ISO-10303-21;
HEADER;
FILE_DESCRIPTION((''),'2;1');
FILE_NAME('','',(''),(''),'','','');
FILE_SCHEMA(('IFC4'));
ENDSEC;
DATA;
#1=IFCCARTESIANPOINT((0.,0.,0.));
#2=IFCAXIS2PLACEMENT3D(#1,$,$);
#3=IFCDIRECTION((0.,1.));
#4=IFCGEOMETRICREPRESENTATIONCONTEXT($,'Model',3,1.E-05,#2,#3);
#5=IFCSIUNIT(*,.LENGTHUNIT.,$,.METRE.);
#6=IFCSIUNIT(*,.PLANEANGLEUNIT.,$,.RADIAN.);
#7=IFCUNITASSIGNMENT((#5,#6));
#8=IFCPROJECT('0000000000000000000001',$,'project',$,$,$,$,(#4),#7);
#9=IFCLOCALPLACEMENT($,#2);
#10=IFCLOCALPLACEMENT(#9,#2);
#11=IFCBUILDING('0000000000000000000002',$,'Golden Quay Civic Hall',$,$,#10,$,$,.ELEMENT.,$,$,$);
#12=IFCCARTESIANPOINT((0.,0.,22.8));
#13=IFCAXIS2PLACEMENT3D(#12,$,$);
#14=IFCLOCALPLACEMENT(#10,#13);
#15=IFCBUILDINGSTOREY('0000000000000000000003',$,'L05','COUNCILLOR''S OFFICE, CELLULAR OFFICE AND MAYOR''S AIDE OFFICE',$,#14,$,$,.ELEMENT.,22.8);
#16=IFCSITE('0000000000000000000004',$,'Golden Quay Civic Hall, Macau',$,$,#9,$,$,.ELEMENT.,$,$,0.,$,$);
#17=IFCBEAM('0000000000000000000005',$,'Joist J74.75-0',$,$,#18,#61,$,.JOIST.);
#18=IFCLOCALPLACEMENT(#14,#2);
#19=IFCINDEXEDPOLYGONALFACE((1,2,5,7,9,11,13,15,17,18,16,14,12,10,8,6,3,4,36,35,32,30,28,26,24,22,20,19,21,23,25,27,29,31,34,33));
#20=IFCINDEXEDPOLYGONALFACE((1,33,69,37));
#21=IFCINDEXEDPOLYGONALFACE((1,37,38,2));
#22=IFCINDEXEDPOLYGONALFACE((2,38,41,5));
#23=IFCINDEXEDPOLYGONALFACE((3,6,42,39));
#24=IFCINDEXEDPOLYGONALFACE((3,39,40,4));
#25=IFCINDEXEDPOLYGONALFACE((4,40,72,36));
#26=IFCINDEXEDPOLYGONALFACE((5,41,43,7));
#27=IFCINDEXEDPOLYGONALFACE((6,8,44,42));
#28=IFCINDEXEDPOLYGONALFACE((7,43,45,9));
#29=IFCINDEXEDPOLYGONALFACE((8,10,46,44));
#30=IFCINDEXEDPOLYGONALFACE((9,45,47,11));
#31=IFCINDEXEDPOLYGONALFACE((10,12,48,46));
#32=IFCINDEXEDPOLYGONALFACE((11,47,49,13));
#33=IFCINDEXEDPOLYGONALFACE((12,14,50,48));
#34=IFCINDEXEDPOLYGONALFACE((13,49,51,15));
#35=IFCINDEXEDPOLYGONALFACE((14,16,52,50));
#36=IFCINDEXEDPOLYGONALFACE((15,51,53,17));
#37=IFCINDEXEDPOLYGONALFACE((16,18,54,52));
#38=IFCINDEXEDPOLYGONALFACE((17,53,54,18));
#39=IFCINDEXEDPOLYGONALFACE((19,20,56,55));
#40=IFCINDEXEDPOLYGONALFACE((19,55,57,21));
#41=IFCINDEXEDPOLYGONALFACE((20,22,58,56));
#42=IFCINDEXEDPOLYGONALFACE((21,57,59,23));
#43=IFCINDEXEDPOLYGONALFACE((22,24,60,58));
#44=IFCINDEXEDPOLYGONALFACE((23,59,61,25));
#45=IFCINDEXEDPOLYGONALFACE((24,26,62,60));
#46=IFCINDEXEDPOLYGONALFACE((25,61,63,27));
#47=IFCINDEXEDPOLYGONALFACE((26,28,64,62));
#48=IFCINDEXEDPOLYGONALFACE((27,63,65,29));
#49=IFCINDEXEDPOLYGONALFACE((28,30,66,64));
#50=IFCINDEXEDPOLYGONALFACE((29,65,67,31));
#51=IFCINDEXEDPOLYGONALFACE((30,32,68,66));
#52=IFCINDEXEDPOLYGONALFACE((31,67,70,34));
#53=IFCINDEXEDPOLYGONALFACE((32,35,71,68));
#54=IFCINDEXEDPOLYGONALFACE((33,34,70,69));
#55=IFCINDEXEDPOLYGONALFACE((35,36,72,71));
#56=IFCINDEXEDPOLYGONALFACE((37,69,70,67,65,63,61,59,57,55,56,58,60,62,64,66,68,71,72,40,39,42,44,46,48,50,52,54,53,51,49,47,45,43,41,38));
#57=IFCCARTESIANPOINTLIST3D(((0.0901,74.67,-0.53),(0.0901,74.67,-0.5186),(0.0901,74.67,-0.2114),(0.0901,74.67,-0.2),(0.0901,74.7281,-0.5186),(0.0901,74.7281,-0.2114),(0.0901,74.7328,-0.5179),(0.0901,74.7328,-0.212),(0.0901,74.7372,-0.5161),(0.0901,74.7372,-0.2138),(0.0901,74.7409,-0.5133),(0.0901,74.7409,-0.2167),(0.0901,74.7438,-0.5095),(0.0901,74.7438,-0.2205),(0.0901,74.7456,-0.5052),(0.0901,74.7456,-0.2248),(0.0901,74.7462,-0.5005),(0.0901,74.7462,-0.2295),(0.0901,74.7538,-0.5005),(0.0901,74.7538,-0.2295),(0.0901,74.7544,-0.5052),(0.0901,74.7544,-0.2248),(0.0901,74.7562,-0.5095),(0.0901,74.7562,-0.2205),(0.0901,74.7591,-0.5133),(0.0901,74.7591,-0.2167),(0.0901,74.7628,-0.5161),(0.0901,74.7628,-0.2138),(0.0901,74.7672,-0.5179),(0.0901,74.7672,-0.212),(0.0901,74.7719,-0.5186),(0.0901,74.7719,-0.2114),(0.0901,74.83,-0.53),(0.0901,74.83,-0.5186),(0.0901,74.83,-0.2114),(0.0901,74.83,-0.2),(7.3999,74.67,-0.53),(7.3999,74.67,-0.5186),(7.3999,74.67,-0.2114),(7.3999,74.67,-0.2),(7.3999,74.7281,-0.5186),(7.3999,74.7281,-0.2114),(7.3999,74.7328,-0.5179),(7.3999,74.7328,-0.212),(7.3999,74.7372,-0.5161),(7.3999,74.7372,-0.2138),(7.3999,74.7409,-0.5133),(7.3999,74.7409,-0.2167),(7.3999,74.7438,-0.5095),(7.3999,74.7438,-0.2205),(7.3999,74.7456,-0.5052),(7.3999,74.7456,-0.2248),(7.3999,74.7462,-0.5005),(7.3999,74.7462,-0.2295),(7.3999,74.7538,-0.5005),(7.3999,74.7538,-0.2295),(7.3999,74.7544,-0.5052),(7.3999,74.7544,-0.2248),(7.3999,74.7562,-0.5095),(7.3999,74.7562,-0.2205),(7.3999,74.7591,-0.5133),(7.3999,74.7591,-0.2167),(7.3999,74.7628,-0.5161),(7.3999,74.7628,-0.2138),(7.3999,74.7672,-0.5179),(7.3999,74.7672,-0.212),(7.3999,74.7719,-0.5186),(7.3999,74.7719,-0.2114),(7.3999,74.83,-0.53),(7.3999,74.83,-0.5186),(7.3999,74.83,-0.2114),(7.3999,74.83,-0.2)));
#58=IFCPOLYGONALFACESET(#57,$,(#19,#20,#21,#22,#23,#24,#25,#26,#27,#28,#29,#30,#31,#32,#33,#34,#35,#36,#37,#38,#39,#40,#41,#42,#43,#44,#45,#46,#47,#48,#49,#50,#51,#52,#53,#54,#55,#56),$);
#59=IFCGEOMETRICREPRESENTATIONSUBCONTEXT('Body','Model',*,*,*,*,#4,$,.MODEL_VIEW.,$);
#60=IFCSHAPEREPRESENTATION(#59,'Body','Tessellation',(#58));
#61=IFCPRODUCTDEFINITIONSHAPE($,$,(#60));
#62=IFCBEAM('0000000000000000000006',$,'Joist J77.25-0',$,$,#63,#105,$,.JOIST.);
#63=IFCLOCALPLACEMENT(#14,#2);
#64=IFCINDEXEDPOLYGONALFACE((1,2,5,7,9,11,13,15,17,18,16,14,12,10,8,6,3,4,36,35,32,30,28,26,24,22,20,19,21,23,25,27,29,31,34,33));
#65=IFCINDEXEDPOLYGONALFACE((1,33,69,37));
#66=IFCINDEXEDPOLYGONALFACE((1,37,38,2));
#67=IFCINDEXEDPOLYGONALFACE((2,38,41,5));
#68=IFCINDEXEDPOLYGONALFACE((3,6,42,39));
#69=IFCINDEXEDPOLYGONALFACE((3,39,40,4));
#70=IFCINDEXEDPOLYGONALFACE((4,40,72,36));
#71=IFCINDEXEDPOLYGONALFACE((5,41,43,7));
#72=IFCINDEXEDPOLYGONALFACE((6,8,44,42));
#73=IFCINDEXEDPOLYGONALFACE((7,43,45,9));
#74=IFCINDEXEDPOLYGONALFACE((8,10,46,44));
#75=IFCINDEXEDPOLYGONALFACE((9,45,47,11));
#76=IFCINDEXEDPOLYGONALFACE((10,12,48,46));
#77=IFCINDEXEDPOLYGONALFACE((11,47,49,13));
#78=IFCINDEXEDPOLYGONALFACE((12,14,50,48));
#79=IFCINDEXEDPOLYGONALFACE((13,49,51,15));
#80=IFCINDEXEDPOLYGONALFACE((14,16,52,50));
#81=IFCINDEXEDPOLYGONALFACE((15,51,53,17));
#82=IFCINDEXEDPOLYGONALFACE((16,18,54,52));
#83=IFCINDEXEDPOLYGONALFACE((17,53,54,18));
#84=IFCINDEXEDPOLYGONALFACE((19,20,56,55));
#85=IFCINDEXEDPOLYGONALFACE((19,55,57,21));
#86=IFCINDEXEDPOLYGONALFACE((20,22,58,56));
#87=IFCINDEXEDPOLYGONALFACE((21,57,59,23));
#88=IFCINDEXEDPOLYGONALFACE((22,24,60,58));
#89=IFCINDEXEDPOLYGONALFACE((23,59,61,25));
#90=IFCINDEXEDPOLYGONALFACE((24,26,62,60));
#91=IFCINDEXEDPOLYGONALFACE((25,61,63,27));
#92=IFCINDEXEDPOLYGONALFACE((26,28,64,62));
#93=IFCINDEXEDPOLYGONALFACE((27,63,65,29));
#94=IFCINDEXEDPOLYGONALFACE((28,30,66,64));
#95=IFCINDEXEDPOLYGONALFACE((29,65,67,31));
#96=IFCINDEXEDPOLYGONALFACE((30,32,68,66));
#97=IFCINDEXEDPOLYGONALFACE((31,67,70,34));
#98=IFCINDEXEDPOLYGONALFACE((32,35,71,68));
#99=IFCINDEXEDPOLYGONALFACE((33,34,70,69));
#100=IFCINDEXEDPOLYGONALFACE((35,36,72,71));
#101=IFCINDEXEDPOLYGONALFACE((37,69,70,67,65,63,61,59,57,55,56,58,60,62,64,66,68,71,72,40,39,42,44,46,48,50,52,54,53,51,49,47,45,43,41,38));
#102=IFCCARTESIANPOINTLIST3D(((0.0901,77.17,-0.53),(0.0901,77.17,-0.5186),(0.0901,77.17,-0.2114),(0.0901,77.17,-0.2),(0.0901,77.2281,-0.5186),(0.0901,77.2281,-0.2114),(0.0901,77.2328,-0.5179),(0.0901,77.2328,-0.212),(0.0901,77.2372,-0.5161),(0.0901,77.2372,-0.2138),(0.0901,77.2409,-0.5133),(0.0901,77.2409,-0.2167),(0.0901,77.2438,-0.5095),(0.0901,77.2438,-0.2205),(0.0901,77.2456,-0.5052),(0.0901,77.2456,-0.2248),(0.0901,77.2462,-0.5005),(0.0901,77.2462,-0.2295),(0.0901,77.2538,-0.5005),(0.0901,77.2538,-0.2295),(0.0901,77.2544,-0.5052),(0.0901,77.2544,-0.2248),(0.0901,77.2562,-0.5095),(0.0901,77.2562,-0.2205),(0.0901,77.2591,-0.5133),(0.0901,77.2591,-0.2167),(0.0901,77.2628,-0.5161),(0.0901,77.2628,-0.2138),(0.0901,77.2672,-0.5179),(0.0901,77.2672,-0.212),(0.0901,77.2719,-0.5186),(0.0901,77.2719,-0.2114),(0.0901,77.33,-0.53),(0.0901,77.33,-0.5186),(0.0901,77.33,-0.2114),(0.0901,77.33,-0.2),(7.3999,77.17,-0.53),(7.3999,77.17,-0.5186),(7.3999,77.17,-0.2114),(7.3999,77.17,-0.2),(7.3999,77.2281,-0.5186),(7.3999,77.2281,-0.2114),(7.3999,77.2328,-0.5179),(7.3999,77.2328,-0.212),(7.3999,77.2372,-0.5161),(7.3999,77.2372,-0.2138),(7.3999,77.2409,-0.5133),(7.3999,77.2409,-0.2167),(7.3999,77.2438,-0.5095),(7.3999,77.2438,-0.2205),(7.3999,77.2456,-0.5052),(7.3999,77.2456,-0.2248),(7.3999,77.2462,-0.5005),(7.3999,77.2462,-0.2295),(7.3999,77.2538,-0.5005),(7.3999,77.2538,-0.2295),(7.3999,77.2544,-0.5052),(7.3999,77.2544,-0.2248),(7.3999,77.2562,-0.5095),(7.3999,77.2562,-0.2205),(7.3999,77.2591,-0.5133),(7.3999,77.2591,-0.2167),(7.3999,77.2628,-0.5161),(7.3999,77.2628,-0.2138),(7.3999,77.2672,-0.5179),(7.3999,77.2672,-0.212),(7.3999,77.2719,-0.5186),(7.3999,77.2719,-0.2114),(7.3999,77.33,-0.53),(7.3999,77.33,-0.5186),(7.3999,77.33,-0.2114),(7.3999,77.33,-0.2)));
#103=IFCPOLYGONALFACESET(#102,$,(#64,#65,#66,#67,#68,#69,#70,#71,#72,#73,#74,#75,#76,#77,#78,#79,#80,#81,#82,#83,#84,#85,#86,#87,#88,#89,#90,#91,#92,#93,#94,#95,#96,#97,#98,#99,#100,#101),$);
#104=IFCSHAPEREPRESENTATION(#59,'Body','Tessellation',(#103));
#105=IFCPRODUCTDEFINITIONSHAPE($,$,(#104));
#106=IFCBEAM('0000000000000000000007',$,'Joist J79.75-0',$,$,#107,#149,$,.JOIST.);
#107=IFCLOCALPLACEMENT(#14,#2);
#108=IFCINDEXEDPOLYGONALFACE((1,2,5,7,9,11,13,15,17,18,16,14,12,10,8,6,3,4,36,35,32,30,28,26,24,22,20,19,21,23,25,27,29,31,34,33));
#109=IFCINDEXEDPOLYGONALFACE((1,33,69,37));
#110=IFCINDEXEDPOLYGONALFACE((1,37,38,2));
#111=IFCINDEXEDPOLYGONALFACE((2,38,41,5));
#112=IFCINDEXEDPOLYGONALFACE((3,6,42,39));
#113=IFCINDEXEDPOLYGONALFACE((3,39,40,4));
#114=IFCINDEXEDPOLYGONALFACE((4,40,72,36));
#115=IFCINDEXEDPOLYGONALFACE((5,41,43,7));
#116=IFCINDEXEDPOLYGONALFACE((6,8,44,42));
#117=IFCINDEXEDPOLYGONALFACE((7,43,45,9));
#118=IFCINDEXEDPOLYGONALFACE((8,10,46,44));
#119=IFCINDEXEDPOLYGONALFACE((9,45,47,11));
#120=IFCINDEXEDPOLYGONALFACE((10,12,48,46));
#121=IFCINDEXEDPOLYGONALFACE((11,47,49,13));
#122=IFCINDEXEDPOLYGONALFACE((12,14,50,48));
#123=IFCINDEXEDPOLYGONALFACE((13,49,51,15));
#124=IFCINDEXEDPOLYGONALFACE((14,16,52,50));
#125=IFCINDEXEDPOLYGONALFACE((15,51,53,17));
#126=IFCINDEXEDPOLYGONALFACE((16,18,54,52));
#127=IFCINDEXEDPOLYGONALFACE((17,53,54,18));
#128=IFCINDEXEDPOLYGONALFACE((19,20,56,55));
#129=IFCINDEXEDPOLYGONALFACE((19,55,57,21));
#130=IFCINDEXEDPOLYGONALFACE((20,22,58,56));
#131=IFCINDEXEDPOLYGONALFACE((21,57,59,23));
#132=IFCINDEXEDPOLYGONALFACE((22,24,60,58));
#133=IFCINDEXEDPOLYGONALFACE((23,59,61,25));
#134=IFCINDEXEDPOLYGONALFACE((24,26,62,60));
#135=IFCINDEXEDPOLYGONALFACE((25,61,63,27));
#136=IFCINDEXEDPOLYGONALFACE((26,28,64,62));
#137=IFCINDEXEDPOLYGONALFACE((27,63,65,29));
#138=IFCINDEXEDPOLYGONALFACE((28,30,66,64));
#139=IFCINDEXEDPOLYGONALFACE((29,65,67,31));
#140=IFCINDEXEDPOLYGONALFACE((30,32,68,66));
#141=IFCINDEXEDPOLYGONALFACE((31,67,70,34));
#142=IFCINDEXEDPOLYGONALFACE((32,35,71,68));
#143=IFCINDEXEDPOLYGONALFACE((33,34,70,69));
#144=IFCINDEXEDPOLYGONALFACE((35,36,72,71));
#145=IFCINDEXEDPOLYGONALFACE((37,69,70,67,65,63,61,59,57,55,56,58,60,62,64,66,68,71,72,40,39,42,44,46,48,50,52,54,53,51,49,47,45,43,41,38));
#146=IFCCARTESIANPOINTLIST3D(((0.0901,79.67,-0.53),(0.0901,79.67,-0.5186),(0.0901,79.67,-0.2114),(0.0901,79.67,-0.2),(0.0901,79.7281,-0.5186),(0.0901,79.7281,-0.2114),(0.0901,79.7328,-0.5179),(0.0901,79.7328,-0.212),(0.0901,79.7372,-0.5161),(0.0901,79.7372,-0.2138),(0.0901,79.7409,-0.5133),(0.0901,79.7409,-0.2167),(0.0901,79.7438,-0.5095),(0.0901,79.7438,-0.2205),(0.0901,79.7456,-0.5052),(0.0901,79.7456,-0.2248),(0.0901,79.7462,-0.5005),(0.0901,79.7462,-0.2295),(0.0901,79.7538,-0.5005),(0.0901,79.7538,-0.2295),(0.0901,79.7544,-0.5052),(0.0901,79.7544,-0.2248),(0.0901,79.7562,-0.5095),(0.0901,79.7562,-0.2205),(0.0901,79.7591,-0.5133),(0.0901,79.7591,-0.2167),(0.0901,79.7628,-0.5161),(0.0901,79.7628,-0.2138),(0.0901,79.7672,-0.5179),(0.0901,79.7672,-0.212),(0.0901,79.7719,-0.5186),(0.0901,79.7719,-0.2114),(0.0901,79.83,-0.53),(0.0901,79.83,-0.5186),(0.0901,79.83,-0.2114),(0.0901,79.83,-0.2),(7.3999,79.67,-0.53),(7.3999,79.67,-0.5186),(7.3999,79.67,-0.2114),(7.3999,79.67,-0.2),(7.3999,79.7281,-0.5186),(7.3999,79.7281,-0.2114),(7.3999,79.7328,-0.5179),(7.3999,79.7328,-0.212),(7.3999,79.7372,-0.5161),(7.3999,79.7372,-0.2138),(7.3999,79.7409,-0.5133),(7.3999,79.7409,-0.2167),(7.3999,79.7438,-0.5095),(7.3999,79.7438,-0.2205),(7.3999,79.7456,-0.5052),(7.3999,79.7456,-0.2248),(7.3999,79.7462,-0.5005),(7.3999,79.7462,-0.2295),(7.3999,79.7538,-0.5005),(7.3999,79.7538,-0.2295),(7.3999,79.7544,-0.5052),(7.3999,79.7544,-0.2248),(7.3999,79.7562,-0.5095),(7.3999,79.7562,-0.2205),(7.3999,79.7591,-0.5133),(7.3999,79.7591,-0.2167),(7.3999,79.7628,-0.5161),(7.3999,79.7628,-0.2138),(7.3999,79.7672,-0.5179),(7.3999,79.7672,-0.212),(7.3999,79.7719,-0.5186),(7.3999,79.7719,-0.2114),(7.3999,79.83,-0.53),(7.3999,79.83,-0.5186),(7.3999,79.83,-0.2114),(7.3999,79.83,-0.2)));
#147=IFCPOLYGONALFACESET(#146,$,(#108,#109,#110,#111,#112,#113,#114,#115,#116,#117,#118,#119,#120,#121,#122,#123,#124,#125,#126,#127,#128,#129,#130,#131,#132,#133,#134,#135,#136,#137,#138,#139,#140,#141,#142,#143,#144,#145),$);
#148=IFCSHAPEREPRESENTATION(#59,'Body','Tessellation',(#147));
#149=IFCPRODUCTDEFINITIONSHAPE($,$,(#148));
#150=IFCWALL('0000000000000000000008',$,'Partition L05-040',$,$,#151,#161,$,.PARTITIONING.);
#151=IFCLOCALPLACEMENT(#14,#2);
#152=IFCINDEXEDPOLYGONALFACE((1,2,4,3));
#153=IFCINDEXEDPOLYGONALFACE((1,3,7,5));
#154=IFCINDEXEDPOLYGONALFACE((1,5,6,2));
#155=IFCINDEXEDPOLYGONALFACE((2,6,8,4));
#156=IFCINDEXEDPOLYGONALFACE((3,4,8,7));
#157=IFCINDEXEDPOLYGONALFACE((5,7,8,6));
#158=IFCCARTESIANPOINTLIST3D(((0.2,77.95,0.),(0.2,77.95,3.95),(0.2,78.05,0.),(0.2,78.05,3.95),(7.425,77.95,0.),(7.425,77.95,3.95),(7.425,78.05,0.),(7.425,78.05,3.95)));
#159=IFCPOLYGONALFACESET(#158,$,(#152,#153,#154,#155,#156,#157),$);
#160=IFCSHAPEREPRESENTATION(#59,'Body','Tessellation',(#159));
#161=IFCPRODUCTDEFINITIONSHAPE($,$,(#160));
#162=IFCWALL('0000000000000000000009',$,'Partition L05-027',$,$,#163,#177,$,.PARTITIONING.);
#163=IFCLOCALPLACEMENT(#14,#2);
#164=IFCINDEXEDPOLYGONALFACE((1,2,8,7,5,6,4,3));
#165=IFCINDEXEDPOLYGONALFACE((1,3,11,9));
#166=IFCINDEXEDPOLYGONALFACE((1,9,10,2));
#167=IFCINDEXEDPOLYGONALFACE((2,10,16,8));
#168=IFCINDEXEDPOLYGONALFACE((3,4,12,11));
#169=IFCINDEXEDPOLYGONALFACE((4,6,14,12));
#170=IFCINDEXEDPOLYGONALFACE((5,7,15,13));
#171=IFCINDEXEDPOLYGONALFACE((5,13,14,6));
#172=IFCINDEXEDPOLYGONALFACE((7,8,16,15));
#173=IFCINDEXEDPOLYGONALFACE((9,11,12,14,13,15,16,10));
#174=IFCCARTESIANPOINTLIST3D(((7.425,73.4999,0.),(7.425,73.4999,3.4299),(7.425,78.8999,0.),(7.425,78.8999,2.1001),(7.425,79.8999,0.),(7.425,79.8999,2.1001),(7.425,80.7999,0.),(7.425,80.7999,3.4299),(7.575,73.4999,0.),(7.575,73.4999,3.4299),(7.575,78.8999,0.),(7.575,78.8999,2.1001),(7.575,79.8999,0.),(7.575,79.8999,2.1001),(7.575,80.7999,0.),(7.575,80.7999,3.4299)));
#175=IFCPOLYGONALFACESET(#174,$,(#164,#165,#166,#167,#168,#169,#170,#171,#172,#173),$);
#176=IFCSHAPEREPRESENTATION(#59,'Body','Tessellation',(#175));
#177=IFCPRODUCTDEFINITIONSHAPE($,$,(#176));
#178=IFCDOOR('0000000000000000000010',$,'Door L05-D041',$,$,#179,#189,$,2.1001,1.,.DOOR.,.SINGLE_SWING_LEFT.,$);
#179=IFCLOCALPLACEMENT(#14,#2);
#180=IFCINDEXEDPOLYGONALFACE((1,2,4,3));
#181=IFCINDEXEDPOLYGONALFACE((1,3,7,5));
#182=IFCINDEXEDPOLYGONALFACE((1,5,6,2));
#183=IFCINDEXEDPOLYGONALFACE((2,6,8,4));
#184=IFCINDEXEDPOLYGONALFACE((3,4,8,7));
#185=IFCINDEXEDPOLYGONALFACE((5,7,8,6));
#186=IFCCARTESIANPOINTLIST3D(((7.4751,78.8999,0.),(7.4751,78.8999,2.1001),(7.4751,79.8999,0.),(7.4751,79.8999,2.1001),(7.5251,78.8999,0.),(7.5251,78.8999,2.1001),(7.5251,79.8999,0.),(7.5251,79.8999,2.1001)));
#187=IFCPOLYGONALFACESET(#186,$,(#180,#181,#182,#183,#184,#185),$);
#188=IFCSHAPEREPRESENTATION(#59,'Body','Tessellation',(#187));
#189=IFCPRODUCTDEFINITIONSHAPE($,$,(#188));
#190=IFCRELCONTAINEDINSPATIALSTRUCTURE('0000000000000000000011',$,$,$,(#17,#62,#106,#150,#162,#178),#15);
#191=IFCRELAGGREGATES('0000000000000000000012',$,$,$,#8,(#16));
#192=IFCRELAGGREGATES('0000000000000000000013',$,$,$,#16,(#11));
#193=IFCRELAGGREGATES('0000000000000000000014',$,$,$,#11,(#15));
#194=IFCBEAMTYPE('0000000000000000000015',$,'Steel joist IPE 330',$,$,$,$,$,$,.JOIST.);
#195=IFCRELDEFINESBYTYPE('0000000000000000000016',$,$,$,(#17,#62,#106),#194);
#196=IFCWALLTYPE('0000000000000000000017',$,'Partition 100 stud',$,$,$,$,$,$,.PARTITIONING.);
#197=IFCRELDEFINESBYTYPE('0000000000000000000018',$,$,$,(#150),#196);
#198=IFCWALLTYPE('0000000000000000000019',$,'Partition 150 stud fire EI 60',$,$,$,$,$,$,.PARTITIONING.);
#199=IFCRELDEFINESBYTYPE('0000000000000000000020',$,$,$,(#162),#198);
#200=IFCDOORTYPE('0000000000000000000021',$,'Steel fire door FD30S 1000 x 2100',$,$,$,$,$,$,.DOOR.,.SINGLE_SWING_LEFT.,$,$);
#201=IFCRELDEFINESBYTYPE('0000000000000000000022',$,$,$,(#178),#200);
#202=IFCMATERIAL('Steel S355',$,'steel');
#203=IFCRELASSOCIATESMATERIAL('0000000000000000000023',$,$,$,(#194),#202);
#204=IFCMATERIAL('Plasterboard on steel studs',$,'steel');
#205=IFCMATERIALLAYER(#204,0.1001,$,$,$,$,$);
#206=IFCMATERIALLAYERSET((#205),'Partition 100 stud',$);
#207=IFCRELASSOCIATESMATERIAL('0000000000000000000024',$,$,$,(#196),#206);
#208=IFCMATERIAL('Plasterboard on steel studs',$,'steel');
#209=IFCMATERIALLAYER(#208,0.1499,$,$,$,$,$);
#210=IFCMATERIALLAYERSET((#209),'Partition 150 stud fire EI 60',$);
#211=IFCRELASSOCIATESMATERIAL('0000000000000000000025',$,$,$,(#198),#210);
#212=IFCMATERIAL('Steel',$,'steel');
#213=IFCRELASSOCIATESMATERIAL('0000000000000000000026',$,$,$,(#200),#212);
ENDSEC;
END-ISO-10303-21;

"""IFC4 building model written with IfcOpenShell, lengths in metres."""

from ifc_helpers import new_model, si_unit, direction, frame, frame_2d, origin, origin_2d, place, context, subcontext, project, spatial, rectangle, i_section, extrude, material, layer, layer_set, material_profile, profile_set, type_object, element, fill, save


model = new_model("IFC4")

# Units and contexts
model_context = context("Model", 3, precision=1e-05, world=origin(), true_north=direction((0.0, 1.0)))
body_context = subcontext(model_context, "Body", "Model", "MODEL_VIEW")
ifc_project = project(units=[si_unit("LENGTHUNIT", "METRE"), si_unit("PLANEANGLEUNIT", "RADIAN")], contexts=[model_context])

# Site, building, storey
site_placement = place(None, origin())
site = spatial("IfcSite", under=ifc_project, at=site_placement, Name="Golden Quay Civic Hall, Macau", CompositionType="ELEMENT", RefElevation=0.0)
building_placement = place(site_placement, origin())
building = spatial("IfcBuilding", under=site, at=building_placement, Name="Golden Quay Civic Hall", CompositionType="ELEMENT")
storey_placement = place(building_placement, frame((0.0, 0.0, 22.8)))
storey = spatial("IfcBuildingStorey", under=building, at=storey_placement, Name="L05", Description="COUNCILLOR'S OFFICE, CELLULAR OFFICE AND MAYOR'S AIDE OFFICE", CompositionType="ELEMENT", Elevation=22.8)

# Beams
ifc_material_1 = material(Name="Steel S355", Category="steel")
ifc_material_profile_1 = material_profile(ifc_material_1, i_section(OverallWidth=0.1599, OverallDepth=0.3301, WebThickness=0.0076, FlangeThickness=0.0115, FilletRadius=0.0181, at=origin_2d()), Name="IPE 330")
ifc_profile_set_1 = profile_set([ifc_material_profile_1], Name="Steel S355")
beam_type_1 = type_object("IfcBeamType", Name="Steel joist IPE 330", PredefinedType="JOIST", material=ifc_profile_set_1)
for number, where, z_axis, x_axis, name in (
    (1, (0.0901, 74.75, -0.365), (1.0, 0.0, 0.0), (0.0, 1.0, 0.0), "Joist J74.75-0"),
    (2, (0.0901, 77.25, -0.365), (1.0, 0.0, 0.0), (0.0, 1.0, 0.0), "Joist J77.25-0"),
    (3, (0.0901, 79.75, -0.365), (1.0, 0.0, 0.0), (0.0, 1.0, 0.0), "Joist J79.75-0"),
):
    element("IfcBeam", number, at=place(storey_placement, frame(where, z_axis=z_axis, x_axis=x_axis)), inside=storey, type_object=beam_type_1, Name=name, PredefinedType="JOIST", context=body_context, shape_type="SweptSolid", body=[
        extrude(i_section(OverallWidth=0.1599, OverallDepth=0.3301, WebThickness=0.0076, FlangeThickness=0.0115, FilletRadius=0.0181, at=origin_2d()), origin(), (0.0, 0.0, 1.0), 7.3098),
    ])

# Wall
ifc_material_2 = material(Name="Plasterboard on steel studs", Category="steel")
ifc_layer_1 = layer(ifc_material_2, 0.1001)
ifc_layer_set_1 = layer_set([ifc_layer_1], Name="Partition 100 stud")
wall_type_1 = type_object("IfcWallType", Name="Partition 100 stud", PredefinedType="PARTITIONING", material=ifc_layer_set_1)
wall_1_placement = place(storey_placement, frame((0.2, 78.0, 0.0), z_axis=(0.0, 0.0, 1.0), x_axis=(1.0, 0.0, 0.0)))
element("IfcWall", 4, at=wall_1_placement, inside=storey, type_object=wall_type_1, Name="Partition L05-040", PredefinedType="PARTITIONING", context=body_context, shape_type="SweptSolid", body=[
    extrude(rectangle(XDim=7.2251, YDim=0.1001, at=frame_2d((3.6125, 0.0))), origin(), (0.0, 0.0, 1.0), 3.95),
])

# Wall, opening, door
ifc_material_3 = material(Name="Plasterboard on steel studs", Category="steel")
ifc_layer_2 = layer(ifc_material_3, 0.1499)
ifc_layer_set_2 = layer_set([ifc_layer_2], Name="Partition 150 stud fire EI 60")
wall_type_2 = type_object("IfcWallType", Name="Partition 150 stud fire EI 60", PredefinedType="PARTITIONING", material=ifc_layer_set_2)
wall_2_placement = place(storey_placement, frame((7.5, 73.5, 0.0), z_axis=(0.0, 0.0, 1.0), x_axis=(0.0, 1.0, 0.0)))
wall_2 = element("IfcWall", 5, at=wall_2_placement, inside=storey, type_object=wall_type_2, Name="Partition L05-027", PredefinedType="PARTITIONING", context=body_context, shape_type="SweptSolid", body=[
    extrude(rectangle(XDim=7.3, YDim=0.1499, at=frame_2d((3.6499, 0.0))), origin(), (0.0, 0.0, 1.0), 3.4299),
])
opening_1_placement = place(wall_2_placement, frame((5.3999, 0.0, 0.0)))
opening_1 = element("IfcOpeningElement", 6, at=opening_1_placement, cuts=wall_2, PredefinedType="OPENING", context=body_context, shape_type="SweptSolid", body=[
    extrude(rectangle(XDim=1.0, YDim=2.1001, at=frame_2d((0.5, 1.05))), frame((0.0, 0.085, 0.0), z_axis=(0.0, -1.0, 0.0), x_axis=(1.0, 0.0, 0.0)), (0.0, 0.0, 1.0), 0.1699),
])
ifc_material_4 = material(Name="Steel", Category="steel")
door_type = type_object("IfcDoorType", Name="Steel fire door FD30S 1000 x 2100", OperationType="SINGLE_SWING_LEFT", PredefinedType="DOOR", material=ifc_material_4)
door_placement = place(opening_1_placement, origin())
door = element("IfcDoor", 7, at=door_placement, inside=storey, type_object=door_type, Name="Door L05-D041", OperationType="SINGLE_SWING_LEFT", OverallHeight=2.1001, OverallWidth=1.0, PredefinedType="DOOR", context=body_context, shape_type="SweptSolid", body=[
    extrude(rectangle(XDim=1.0, YDim=2.1001, at=frame_2d((0.5, 1.05))), frame((0.0, 0.0249, 0.0), z_axis=(0.0, -1.0, 0.0), x_axis=(1.0, 0.0, 0.0)), (0.0, 0.0, 1.0), 0.05),
])
fill(opening_1, door)

save(model, "model.ifc")
